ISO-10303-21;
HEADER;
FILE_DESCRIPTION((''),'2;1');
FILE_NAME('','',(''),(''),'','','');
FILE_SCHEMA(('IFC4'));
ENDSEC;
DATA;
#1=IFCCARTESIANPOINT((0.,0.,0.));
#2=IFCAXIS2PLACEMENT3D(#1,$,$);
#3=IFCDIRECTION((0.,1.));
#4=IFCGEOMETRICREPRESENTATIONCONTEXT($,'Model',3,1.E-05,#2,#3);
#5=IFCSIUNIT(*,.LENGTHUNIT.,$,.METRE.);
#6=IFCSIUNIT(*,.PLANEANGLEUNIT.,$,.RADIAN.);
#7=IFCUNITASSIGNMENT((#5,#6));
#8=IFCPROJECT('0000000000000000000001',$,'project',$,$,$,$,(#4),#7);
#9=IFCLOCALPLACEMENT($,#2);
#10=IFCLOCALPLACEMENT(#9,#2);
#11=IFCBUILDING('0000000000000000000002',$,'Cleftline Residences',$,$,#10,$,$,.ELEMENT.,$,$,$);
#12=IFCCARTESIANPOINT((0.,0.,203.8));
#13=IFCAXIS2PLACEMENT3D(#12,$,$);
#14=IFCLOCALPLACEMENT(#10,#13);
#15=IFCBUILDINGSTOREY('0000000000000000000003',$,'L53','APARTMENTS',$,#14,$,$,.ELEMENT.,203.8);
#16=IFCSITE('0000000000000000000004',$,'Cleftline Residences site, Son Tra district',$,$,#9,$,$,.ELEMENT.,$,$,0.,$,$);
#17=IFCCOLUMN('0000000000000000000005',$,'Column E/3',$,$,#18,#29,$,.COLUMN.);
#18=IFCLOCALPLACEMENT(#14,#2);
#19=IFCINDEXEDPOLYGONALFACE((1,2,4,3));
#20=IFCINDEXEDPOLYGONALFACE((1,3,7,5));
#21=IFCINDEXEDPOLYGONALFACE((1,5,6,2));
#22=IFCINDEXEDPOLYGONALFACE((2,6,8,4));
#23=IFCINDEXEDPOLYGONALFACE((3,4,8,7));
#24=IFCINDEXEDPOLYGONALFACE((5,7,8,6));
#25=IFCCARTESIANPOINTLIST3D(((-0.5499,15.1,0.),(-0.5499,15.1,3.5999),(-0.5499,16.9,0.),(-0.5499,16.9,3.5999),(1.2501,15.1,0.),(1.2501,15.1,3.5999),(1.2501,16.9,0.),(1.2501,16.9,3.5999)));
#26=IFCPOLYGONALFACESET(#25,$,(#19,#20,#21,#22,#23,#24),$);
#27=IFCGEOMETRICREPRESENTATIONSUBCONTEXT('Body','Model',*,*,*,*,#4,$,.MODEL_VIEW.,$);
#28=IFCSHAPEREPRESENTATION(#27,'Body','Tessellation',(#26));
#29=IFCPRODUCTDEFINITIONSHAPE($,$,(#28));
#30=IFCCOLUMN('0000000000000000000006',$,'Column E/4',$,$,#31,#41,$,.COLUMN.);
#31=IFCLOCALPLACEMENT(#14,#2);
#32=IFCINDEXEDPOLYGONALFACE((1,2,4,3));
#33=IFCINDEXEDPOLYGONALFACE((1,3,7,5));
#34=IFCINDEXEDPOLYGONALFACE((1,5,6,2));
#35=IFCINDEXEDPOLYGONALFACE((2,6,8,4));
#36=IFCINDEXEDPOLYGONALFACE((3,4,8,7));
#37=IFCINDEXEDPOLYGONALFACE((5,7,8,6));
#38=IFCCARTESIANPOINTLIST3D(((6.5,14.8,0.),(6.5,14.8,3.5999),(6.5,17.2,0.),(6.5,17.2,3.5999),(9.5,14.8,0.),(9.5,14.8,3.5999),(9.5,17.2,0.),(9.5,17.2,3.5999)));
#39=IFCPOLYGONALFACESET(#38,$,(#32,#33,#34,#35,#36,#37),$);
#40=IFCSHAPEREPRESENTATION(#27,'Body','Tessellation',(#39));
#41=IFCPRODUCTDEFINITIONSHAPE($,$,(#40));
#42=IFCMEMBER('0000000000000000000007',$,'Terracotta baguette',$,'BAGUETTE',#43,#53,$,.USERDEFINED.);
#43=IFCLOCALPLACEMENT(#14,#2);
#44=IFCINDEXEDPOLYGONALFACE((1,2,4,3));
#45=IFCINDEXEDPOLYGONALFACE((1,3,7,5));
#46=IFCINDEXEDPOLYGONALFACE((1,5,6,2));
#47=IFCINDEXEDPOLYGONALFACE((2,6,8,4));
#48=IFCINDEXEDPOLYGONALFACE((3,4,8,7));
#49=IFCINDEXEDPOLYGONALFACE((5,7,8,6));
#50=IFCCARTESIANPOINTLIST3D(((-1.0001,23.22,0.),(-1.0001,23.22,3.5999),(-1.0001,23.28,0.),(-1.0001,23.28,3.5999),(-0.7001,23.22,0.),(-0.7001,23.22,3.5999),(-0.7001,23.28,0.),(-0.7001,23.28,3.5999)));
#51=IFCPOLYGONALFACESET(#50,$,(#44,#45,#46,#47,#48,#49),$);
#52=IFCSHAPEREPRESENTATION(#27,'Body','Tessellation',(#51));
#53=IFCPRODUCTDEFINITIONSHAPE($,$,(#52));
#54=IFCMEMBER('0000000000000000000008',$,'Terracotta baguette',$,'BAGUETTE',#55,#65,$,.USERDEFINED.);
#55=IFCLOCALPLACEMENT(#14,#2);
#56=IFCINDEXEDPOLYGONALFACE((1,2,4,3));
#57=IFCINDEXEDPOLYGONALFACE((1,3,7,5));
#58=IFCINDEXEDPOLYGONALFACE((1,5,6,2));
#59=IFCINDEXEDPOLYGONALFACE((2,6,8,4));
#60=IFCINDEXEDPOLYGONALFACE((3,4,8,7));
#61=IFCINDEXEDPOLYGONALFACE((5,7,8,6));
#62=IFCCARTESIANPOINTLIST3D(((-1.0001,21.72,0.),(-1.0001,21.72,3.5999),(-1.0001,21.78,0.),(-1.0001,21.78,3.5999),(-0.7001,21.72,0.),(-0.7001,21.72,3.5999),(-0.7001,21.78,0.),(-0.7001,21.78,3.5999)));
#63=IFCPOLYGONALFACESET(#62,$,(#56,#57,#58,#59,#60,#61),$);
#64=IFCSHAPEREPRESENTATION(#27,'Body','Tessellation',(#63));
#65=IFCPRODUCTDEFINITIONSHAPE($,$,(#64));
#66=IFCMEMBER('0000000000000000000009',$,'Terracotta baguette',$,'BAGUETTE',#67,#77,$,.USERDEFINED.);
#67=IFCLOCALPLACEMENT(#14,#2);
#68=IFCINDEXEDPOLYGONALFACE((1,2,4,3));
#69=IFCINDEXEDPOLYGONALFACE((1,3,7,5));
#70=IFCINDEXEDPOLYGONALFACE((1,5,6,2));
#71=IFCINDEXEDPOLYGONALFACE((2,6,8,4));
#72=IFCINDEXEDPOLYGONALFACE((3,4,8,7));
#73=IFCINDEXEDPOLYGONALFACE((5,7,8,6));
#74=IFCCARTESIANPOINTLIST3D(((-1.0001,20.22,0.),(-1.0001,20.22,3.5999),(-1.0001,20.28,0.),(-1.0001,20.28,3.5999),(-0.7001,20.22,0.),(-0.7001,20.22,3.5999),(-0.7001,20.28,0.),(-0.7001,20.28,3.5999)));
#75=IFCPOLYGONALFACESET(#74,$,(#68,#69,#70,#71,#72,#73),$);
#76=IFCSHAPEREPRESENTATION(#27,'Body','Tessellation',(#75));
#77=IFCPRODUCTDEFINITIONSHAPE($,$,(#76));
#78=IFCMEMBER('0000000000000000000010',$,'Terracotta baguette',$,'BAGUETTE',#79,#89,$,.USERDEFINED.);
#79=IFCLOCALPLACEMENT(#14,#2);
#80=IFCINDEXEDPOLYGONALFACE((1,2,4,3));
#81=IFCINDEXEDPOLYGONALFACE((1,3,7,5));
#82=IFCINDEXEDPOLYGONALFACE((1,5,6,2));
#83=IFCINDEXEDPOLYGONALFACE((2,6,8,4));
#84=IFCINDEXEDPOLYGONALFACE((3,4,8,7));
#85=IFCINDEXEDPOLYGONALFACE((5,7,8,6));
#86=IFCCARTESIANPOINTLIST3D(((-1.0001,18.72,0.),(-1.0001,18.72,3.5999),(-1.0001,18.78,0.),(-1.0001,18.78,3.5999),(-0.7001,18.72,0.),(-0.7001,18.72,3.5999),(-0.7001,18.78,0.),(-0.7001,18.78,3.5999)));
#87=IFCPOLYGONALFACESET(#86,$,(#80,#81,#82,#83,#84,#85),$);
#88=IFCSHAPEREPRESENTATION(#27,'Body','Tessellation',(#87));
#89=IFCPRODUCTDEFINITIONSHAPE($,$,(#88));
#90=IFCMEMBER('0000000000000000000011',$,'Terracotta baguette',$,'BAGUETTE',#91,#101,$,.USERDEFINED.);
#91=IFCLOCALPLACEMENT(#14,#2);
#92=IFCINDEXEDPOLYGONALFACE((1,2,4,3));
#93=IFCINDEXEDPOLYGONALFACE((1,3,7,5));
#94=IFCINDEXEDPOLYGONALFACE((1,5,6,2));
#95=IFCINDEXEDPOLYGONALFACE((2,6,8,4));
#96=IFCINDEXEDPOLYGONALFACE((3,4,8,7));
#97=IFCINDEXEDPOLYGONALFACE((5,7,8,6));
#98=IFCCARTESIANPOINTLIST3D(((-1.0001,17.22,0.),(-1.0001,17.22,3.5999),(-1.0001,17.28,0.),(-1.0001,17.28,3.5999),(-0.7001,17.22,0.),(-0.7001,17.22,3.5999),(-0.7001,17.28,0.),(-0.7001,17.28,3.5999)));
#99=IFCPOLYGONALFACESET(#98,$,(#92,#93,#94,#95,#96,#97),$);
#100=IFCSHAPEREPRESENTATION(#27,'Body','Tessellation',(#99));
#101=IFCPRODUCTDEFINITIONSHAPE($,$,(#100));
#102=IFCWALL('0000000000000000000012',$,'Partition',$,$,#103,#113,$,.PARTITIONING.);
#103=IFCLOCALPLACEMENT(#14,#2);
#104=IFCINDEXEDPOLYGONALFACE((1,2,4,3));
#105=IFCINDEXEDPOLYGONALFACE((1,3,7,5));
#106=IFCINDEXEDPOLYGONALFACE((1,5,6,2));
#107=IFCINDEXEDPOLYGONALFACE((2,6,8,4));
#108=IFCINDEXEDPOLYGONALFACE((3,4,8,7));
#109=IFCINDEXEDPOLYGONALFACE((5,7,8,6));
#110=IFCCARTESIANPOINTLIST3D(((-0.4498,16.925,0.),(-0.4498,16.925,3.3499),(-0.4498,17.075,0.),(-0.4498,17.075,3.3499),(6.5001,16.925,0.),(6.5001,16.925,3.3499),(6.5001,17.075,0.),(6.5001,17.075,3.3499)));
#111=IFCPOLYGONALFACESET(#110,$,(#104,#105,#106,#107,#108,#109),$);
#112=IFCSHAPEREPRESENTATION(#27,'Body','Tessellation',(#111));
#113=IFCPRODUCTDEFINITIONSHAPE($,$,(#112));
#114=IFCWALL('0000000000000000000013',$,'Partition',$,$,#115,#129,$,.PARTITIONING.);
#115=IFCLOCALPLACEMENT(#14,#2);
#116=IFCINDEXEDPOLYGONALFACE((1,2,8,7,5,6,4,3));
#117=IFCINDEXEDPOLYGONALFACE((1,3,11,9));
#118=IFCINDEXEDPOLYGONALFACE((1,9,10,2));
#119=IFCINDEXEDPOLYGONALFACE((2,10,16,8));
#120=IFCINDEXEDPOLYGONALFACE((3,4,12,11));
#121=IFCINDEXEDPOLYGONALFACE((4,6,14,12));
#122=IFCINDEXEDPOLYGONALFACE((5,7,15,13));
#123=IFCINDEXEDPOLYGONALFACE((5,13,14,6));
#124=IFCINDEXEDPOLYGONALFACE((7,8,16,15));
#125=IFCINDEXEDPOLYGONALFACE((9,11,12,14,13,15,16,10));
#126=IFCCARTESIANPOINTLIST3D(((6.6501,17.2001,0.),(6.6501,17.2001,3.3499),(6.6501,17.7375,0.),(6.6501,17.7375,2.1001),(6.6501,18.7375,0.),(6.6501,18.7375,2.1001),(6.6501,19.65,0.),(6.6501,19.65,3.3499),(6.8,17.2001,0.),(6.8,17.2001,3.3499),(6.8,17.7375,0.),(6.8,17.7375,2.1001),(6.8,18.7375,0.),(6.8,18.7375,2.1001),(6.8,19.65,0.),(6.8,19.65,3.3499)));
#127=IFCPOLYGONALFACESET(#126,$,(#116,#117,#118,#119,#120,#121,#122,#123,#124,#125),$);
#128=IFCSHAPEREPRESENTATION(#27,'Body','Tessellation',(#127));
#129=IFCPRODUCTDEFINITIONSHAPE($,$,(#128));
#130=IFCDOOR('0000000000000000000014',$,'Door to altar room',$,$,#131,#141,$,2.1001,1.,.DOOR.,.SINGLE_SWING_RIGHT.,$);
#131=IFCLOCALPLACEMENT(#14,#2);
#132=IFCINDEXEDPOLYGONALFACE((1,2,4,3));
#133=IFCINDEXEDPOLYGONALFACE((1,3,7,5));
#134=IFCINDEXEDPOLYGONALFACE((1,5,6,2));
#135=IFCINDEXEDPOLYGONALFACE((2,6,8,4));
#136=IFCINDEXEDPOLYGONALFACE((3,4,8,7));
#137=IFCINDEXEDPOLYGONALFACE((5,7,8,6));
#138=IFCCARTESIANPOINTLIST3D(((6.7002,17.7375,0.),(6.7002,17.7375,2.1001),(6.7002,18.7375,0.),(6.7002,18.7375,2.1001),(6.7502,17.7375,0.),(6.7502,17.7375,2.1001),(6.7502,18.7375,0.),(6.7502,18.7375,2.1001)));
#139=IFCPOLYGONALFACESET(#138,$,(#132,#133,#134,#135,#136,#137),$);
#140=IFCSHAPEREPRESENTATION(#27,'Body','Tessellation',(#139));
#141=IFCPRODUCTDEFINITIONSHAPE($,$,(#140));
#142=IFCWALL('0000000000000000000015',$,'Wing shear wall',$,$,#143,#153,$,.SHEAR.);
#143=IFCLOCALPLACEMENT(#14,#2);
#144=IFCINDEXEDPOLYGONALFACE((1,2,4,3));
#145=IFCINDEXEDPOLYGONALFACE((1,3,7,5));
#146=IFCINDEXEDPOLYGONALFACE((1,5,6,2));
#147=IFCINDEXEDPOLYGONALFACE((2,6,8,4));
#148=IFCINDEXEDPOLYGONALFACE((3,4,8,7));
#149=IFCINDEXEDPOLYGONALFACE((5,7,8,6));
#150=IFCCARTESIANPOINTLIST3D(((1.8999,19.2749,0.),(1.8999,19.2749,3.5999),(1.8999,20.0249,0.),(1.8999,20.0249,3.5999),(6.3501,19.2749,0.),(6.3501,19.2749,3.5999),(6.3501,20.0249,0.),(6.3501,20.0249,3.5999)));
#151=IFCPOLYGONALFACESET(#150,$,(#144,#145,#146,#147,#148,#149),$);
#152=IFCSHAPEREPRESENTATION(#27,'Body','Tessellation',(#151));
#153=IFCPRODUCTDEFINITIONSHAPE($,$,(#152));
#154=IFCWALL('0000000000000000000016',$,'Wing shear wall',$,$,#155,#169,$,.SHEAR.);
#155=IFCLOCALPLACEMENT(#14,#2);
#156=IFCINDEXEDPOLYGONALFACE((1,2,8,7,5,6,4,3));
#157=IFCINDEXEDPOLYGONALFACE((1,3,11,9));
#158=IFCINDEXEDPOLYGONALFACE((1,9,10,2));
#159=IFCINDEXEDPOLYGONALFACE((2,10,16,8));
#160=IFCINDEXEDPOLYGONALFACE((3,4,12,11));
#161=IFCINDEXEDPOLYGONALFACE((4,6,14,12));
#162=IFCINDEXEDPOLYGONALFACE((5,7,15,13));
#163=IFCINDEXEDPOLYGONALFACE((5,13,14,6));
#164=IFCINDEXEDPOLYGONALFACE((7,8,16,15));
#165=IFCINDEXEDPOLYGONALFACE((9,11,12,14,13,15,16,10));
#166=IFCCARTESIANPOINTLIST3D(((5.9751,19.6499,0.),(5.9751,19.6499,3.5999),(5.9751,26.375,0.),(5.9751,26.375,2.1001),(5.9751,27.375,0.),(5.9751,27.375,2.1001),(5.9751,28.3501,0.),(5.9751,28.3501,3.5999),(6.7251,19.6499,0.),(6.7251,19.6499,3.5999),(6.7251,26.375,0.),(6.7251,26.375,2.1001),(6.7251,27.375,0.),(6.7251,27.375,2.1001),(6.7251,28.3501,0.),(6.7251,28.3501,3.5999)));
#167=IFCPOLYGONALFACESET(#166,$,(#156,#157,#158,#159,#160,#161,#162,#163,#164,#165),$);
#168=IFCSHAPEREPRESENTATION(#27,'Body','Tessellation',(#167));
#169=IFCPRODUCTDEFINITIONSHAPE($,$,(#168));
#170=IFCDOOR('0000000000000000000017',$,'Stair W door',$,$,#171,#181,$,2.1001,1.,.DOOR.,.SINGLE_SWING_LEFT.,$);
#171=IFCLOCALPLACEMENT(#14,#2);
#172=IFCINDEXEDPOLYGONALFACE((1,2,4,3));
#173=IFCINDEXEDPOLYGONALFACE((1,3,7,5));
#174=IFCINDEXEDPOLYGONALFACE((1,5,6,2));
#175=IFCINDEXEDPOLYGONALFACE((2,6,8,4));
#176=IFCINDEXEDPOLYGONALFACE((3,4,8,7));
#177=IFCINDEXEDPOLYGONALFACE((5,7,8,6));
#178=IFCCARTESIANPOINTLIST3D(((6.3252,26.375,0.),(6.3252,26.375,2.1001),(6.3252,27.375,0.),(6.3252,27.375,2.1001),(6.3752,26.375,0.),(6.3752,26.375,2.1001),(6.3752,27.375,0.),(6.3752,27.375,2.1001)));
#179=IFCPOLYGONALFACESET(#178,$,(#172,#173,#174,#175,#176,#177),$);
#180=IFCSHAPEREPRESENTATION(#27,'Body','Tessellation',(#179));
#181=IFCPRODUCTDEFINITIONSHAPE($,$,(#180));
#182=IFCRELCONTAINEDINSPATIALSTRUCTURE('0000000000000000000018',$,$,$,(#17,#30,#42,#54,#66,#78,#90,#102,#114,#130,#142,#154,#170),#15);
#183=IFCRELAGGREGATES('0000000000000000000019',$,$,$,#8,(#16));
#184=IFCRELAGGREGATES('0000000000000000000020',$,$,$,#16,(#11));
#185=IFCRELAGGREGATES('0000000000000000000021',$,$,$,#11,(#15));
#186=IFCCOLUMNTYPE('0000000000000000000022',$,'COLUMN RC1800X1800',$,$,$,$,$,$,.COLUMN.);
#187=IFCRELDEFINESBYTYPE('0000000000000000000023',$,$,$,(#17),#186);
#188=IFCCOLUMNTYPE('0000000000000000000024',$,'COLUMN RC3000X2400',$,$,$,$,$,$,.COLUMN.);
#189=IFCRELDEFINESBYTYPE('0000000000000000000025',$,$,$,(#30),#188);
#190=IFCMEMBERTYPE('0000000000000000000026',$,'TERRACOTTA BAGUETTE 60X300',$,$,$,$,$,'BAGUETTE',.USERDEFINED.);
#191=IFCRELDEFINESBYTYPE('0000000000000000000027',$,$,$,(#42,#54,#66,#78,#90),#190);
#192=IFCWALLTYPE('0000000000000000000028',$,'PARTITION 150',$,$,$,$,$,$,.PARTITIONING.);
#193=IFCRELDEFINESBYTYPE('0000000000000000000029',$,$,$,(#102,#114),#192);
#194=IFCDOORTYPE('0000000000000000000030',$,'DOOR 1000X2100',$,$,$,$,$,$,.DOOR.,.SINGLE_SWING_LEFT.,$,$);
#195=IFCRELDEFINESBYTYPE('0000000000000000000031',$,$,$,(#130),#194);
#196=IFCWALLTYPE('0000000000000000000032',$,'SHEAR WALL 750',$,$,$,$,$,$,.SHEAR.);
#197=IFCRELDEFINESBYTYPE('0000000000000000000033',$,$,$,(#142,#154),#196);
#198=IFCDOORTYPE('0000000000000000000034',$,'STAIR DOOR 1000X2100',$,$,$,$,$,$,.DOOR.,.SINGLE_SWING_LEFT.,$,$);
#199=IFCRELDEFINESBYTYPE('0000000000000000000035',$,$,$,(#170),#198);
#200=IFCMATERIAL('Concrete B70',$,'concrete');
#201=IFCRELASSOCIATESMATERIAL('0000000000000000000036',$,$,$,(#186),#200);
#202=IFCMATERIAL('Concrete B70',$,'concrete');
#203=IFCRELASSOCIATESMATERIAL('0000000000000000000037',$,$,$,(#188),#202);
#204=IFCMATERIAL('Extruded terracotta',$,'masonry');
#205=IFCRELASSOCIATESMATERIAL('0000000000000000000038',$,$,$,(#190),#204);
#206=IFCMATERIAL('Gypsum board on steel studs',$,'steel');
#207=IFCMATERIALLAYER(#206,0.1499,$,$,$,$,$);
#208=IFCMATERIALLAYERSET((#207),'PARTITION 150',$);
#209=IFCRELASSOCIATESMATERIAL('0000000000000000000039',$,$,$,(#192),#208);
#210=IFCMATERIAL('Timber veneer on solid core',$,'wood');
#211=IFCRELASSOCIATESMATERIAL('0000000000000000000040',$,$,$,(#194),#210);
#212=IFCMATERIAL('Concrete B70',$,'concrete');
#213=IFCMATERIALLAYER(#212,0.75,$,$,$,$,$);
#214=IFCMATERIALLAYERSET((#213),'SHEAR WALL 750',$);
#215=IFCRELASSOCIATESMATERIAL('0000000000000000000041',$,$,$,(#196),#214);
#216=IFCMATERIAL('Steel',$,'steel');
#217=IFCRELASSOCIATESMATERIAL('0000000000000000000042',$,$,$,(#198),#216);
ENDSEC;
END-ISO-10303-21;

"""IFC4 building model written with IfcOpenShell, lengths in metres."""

from ifc_helpers import new_model, si_unit, direction, frame, frame_2d, origin, origin_2d, place, context, subcontext, project, spatial, rectangle, extrude, material, layer, layer_set, material_profile, profile_set, type_object, element, fill, save


model = new_model("IFC4")

# Units and contexts
model_context = context("Model", 3, precision=1e-05, world=origin(), true_north=direction((0.0, 1.0)))
body_context = subcontext(model_context, "Body", "Model", "MODEL_VIEW")
ifc_project = project(units=[si_unit("LENGTHUNIT", "METRE"), si_unit("PLANEANGLEUNIT", "RADIAN")], contexts=[model_context])

# Site, building, storey
site_placement = place(None, origin())
site = spatial("IfcSite", under=ifc_project, at=site_placement, Name="Cleftline Residences site, Son Tra district", CompositionType="ELEMENT", RefElevation=0.0)
building_placement = place(site_placement, origin())
building = spatial("IfcBuilding", under=site, at=building_placement, Name="Cleftline Residences", CompositionType="ELEMENT")
storey_placement = place(building_placement, frame((0.0, 0.0, 203.8)))
storey = spatial("IfcBuildingStorey", under=building, at=storey_placement, Name="L53", Description="APARTMENTS", CompositionType="ELEMENT", Elevation=203.8)

# Columns
ifc_material_1 = material(Name="Concrete B70", Category="concrete")
ifc_material_profile_1 = material_profile(ifc_material_1, rectangle(XDim=1.8, YDim=1.8, at=origin_2d()))
ifc_profile_set_1 = profile_set([ifc_material_profile_1], Name="Concrete B70")
column_type_1 = type_object("IfcColumnType", Name="COLUMN RC1800X1800", PredefinedType="COLUMN", material=ifc_profile_set_1)
column_1_placement = place(storey_placement, frame((0.3501, 16.0, 0.0), z_axis=(0.0, 0.0, 1.0), x_axis=(1.0, 0.0, 0.0)))
element("IfcColumn", 1, at=column_1_placement, inside=storey, type_object=column_type_1, Name="Column E/3", PredefinedType="COLUMN", context=body_context, shape_type="SweptSolid", body=[
    extrude(rectangle(XDim=1.8, YDim=1.8, at=origin_2d()), origin(), (0.0, 0.0, 1.0), 3.5999),
])
ifc_material_2 = material(Name="Concrete B70", Category="concrete")
ifc_material_profile_2 = material_profile(ifc_material_2, rectangle(XDim=3.0, YDim=2.3999, at=origin_2d()))
ifc_profile_set_2 = profile_set([ifc_material_profile_2], Name="Concrete B70")
column_type_2 = type_object("IfcColumnType", Name="COLUMN RC3000X2400", PredefinedType="COLUMN", material=ifc_profile_set_2)
column_2_placement = place(storey_placement, frame((8.0, 16.0, 0.0), z_axis=(0.0, 0.0, 1.0), x_axis=(1.0, 0.0, 0.0)))
element("IfcColumn", 2, at=column_2_placement, inside=storey, type_object=column_type_2, Name="Column E/4", PredefinedType="COLUMN", context=body_context, shape_type="SweptSolid", body=[
    extrude(rectangle(XDim=3.0, YDim=2.3999, at=origin_2d()), origin(), (0.0, 0.0, 1.0), 3.5999),
])

# Members
ifc_material_3 = material(Name="Extruded terracotta", Category="masonry")
ifc_material_profile_3 = material_profile(ifc_material_3, rectangle(XDim=0.0601, YDim=0.3, at=origin_2d()))
ifc_profile_set_3 = profile_set([ifc_material_profile_3], Name="Extruded terracotta")
member_type = type_object("IfcMemberType", Name="TERRACOTTA BAGUETTE 60X300", ElementType="BAGUETTE", PredefinedType="USERDEFINED", material=ifc_profile_set_3)
for number, where, z_axis, x_axis, name in (
    (3, (-0.8501, 23.25, 0.0), (0.0, 0.0, 1.0), (0.0, 1.0, 0.0), "Terracotta baguette"),
    (4, (-0.8501, 21.75, 0.0), (0.0, 0.0, 1.0), (0.0, 1.0, 0.0), "Terracotta baguette"),
    (5, (-0.8501, 20.25, 0.0), (0.0, 0.0, 1.0), (0.0, 1.0, 0.0), "Terracotta baguette"),
    (6, (-0.8501, 18.75, 0.0), (0.0, 0.0, 1.0), (0.0, 1.0, 0.0), "Terracotta baguette"),
    (7, (-0.8501, 17.25, 0.0), (0.0, 0.0, 1.0), (0.0, 1.0, 0.0), "Terracotta baguette"),
):
    element("IfcMember", number, at=place(storey_placement, frame(where, z_axis=z_axis, x_axis=x_axis)), inside=storey, type_object=member_type, Name=name, ObjectType="BAGUETTE", PredefinedType="USERDEFINED", context=body_context, shape_type="SweptSolid", body=[
        extrude(rectangle(XDim=0.0601, YDim=0.3, at=origin_2d()), origin(), (0.0, 0.0, 1.0), 3.5999),
    ])

# Wall
ifc_material_4 = material(Name="Gypsum board on steel studs", Category="steel")
ifc_layer_1 = layer(ifc_material_4, 0.1499)
ifc_layer_set_1 = layer_set([ifc_layer_1], Name="PARTITION 150")
wall_type_1 = type_object("IfcWallType", Name="PARTITION 150", PredefinedType="PARTITIONING", material=ifc_layer_set_1)
wall_1_placement = place(storey_placement, frame((-0.45, 17.0, 0.0), z_axis=(0.0, 0.0, 1.0), x_axis=(1.0, 0.0, 0.0)))
element("IfcWall", 8, at=wall_1_placement, inside=storey, type_object=wall_type_1, Name="Partition", PredefinedType="PARTITIONING", context=body_context, shape_type="SweptSolid", body=[
    extrude(rectangle(XDim=6.95, YDim=0.1499, at=frame_2d((3.4751, 0.0))), origin(), (0.0, 0.0, 1.0), 3.3499),
])

# Wall, opening, door
wall_2_placement = place(storey_placement, frame((6.7251, 17.2, 0.0), z_axis=(0.0, 0.0, 1.0), x_axis=(0.0, 1.0, 0.0)))
wall_2 = element("IfcWall", 9, at=wall_2_placement, inside=storey, type_object=wall_type_1, Name="Partition", PredefinedType="PARTITIONING", context=body_context, shape_type="SweptSolid", body=[
    extrude(rectangle(XDim=2.45, YDim=0.1499, at=frame_2d((1.2251, 0.0))), origin(), (0.0, 0.0, 1.0), 3.3499),
])
opening_1_placement = place(wall_2_placement, frame((0.5376, 0.0, 0.0)))
opening_1 = element("IfcOpeningElement", 10, at=opening_1_placement, cuts=wall_2, PredefinedType="OPENING", context=body_context, shape_type="SweptSolid", body=[
    extrude(rectangle(XDim=1.0, YDim=2.1001, at=frame_2d((0.5, 1.05))), frame((0.0, 0.085, 0.0), z_axis=(0.0, -1.0, 0.0), x_axis=(1.0, 0.0, 0.0)), (0.0, 0.0, 1.0), 0.1699),
])
ifc_material_5 = material(Name="Timber veneer on solid core", Category="wood")
door_type_1 = type_object("IfcDoorType", Name="DOOR 1000X2100", OperationType="SINGLE_SWING_LEFT", PredefinedType="DOOR", material=ifc_material_5)
door_1_placement = place(opening_1_placement, origin())
door_1 = element("IfcDoor", 11, at=door_1_placement, inside=storey, type_object=door_type_1, Name="Door to altar room", OperationType="SINGLE_SWING_RIGHT", OverallHeight=2.1001, OverallWidth=1.0, PredefinedType="DOOR", context=body_context, shape_type="SweptSolid", body=[
    extrude(rectangle(XDim=1.0, YDim=2.1001, at=frame_2d((0.5, 1.05))), frame((0.0, 0.0249, 0.0), z_axis=(0.0, -1.0, 0.0), x_axis=(1.0, 0.0, 0.0)), (0.0, 0.0, 1.0), 0.05),
])
fill(opening_1, door_1)

# Wall
ifc_material_6 = material(Name="Concrete B70", Category="concrete")
ifc_layer_2 = layer(ifc_material_6, 0.75)
ifc_layer_set_2 = layer_set([ifc_layer_2], Name="SHEAR WALL 750")
wall_type_2 = type_object("IfcWallType", Name="SHEAR WALL 750", PredefinedType="SHEAR", material=ifc_layer_set_2)
wall_3_placement = place(storey_placement, frame((1.8999, 19.6499, 0.0), z_axis=(0.0, 0.0, 1.0), x_axis=(1.0, 0.0, 0.0)))
element("IfcWall", 12, at=wall_3_placement, inside=storey, type_object=wall_type_2, Name="Wing shear wall", PredefinedType="SHEAR", context=body_context, shape_type="SweptSolid", body=[
    extrude(rectangle(XDim=4.4502, YDim=0.75, at=frame_2d((2.2251, 0.0))), origin(), (0.0, 0.0, 1.0), 3.5999),
])

# Wall, opening, door
wall_4_placement = place(storey_placement, frame((6.3501, 19.6499, 0.0), z_axis=(0.0, 0.0, 1.0), x_axis=(0.0, 1.0, 0.0)))
wall_4 = element("IfcWall", 13, at=wall_4_placement, inside=storey, type_object=wall_type_2, Name="Wing shear wall", PredefinedType="SHEAR", context=body_context, shape_type="SweptSolid", body=[
    extrude(rectangle(XDim=8.7002, YDim=0.75, at=frame_2d((4.3501, 0.0))), origin(), (0.0, 0.0, 1.0), 3.5999),
])
opening_2_placement = place(wall_4_placement, frame((6.7251, 0.0, 0.0)))
opening_2 = element("IfcOpeningElement", 14, at=opening_2_placement, cuts=wall_4, PredefinedType="OPENING", context=body_context, shape_type="SweptSolid", body=[
    extrude(rectangle(XDim=1.0, YDim=2.1001, at=frame_2d((0.5, 1.05))), frame((0.0, 0.385, 0.0), z_axis=(0.0, -1.0, 0.0), x_axis=(1.0, 0.0, 0.0)), (0.0, 0.0, 1.0), 0.77),
])
ifc_material_7 = material(Name="Steel", Category="steel")
door_type_2 = type_object("IfcDoorType", Name="STAIR DOOR 1000X2100", OperationType="SINGLE_SWING_LEFT", PredefinedType="DOOR", material=ifc_material_7)
door_2_placement = place(opening_2_placement, origin())
door_2 = element("IfcDoor", 15, at=door_2_placement, inside=storey, type_object=door_type_2, Name="Stair W door", OperationType="SINGLE_SWING_LEFT", OverallHeight=2.1001, OverallWidth=1.0, PredefinedType="DOOR", context=body_context, shape_type="SweptSolid", body=[
    extrude(rectangle(XDim=1.0, YDim=2.1001, at=frame_2d((0.5, 1.05))), frame((0.0, 0.0249, 0.0), z_axis=(0.0, -1.0, 0.0), x_axis=(1.0, 0.0, 0.0)), (0.0, 0.0, 1.0), 0.05),
])
fill(opening_2, door_2)

save(model, "model.ifc")
